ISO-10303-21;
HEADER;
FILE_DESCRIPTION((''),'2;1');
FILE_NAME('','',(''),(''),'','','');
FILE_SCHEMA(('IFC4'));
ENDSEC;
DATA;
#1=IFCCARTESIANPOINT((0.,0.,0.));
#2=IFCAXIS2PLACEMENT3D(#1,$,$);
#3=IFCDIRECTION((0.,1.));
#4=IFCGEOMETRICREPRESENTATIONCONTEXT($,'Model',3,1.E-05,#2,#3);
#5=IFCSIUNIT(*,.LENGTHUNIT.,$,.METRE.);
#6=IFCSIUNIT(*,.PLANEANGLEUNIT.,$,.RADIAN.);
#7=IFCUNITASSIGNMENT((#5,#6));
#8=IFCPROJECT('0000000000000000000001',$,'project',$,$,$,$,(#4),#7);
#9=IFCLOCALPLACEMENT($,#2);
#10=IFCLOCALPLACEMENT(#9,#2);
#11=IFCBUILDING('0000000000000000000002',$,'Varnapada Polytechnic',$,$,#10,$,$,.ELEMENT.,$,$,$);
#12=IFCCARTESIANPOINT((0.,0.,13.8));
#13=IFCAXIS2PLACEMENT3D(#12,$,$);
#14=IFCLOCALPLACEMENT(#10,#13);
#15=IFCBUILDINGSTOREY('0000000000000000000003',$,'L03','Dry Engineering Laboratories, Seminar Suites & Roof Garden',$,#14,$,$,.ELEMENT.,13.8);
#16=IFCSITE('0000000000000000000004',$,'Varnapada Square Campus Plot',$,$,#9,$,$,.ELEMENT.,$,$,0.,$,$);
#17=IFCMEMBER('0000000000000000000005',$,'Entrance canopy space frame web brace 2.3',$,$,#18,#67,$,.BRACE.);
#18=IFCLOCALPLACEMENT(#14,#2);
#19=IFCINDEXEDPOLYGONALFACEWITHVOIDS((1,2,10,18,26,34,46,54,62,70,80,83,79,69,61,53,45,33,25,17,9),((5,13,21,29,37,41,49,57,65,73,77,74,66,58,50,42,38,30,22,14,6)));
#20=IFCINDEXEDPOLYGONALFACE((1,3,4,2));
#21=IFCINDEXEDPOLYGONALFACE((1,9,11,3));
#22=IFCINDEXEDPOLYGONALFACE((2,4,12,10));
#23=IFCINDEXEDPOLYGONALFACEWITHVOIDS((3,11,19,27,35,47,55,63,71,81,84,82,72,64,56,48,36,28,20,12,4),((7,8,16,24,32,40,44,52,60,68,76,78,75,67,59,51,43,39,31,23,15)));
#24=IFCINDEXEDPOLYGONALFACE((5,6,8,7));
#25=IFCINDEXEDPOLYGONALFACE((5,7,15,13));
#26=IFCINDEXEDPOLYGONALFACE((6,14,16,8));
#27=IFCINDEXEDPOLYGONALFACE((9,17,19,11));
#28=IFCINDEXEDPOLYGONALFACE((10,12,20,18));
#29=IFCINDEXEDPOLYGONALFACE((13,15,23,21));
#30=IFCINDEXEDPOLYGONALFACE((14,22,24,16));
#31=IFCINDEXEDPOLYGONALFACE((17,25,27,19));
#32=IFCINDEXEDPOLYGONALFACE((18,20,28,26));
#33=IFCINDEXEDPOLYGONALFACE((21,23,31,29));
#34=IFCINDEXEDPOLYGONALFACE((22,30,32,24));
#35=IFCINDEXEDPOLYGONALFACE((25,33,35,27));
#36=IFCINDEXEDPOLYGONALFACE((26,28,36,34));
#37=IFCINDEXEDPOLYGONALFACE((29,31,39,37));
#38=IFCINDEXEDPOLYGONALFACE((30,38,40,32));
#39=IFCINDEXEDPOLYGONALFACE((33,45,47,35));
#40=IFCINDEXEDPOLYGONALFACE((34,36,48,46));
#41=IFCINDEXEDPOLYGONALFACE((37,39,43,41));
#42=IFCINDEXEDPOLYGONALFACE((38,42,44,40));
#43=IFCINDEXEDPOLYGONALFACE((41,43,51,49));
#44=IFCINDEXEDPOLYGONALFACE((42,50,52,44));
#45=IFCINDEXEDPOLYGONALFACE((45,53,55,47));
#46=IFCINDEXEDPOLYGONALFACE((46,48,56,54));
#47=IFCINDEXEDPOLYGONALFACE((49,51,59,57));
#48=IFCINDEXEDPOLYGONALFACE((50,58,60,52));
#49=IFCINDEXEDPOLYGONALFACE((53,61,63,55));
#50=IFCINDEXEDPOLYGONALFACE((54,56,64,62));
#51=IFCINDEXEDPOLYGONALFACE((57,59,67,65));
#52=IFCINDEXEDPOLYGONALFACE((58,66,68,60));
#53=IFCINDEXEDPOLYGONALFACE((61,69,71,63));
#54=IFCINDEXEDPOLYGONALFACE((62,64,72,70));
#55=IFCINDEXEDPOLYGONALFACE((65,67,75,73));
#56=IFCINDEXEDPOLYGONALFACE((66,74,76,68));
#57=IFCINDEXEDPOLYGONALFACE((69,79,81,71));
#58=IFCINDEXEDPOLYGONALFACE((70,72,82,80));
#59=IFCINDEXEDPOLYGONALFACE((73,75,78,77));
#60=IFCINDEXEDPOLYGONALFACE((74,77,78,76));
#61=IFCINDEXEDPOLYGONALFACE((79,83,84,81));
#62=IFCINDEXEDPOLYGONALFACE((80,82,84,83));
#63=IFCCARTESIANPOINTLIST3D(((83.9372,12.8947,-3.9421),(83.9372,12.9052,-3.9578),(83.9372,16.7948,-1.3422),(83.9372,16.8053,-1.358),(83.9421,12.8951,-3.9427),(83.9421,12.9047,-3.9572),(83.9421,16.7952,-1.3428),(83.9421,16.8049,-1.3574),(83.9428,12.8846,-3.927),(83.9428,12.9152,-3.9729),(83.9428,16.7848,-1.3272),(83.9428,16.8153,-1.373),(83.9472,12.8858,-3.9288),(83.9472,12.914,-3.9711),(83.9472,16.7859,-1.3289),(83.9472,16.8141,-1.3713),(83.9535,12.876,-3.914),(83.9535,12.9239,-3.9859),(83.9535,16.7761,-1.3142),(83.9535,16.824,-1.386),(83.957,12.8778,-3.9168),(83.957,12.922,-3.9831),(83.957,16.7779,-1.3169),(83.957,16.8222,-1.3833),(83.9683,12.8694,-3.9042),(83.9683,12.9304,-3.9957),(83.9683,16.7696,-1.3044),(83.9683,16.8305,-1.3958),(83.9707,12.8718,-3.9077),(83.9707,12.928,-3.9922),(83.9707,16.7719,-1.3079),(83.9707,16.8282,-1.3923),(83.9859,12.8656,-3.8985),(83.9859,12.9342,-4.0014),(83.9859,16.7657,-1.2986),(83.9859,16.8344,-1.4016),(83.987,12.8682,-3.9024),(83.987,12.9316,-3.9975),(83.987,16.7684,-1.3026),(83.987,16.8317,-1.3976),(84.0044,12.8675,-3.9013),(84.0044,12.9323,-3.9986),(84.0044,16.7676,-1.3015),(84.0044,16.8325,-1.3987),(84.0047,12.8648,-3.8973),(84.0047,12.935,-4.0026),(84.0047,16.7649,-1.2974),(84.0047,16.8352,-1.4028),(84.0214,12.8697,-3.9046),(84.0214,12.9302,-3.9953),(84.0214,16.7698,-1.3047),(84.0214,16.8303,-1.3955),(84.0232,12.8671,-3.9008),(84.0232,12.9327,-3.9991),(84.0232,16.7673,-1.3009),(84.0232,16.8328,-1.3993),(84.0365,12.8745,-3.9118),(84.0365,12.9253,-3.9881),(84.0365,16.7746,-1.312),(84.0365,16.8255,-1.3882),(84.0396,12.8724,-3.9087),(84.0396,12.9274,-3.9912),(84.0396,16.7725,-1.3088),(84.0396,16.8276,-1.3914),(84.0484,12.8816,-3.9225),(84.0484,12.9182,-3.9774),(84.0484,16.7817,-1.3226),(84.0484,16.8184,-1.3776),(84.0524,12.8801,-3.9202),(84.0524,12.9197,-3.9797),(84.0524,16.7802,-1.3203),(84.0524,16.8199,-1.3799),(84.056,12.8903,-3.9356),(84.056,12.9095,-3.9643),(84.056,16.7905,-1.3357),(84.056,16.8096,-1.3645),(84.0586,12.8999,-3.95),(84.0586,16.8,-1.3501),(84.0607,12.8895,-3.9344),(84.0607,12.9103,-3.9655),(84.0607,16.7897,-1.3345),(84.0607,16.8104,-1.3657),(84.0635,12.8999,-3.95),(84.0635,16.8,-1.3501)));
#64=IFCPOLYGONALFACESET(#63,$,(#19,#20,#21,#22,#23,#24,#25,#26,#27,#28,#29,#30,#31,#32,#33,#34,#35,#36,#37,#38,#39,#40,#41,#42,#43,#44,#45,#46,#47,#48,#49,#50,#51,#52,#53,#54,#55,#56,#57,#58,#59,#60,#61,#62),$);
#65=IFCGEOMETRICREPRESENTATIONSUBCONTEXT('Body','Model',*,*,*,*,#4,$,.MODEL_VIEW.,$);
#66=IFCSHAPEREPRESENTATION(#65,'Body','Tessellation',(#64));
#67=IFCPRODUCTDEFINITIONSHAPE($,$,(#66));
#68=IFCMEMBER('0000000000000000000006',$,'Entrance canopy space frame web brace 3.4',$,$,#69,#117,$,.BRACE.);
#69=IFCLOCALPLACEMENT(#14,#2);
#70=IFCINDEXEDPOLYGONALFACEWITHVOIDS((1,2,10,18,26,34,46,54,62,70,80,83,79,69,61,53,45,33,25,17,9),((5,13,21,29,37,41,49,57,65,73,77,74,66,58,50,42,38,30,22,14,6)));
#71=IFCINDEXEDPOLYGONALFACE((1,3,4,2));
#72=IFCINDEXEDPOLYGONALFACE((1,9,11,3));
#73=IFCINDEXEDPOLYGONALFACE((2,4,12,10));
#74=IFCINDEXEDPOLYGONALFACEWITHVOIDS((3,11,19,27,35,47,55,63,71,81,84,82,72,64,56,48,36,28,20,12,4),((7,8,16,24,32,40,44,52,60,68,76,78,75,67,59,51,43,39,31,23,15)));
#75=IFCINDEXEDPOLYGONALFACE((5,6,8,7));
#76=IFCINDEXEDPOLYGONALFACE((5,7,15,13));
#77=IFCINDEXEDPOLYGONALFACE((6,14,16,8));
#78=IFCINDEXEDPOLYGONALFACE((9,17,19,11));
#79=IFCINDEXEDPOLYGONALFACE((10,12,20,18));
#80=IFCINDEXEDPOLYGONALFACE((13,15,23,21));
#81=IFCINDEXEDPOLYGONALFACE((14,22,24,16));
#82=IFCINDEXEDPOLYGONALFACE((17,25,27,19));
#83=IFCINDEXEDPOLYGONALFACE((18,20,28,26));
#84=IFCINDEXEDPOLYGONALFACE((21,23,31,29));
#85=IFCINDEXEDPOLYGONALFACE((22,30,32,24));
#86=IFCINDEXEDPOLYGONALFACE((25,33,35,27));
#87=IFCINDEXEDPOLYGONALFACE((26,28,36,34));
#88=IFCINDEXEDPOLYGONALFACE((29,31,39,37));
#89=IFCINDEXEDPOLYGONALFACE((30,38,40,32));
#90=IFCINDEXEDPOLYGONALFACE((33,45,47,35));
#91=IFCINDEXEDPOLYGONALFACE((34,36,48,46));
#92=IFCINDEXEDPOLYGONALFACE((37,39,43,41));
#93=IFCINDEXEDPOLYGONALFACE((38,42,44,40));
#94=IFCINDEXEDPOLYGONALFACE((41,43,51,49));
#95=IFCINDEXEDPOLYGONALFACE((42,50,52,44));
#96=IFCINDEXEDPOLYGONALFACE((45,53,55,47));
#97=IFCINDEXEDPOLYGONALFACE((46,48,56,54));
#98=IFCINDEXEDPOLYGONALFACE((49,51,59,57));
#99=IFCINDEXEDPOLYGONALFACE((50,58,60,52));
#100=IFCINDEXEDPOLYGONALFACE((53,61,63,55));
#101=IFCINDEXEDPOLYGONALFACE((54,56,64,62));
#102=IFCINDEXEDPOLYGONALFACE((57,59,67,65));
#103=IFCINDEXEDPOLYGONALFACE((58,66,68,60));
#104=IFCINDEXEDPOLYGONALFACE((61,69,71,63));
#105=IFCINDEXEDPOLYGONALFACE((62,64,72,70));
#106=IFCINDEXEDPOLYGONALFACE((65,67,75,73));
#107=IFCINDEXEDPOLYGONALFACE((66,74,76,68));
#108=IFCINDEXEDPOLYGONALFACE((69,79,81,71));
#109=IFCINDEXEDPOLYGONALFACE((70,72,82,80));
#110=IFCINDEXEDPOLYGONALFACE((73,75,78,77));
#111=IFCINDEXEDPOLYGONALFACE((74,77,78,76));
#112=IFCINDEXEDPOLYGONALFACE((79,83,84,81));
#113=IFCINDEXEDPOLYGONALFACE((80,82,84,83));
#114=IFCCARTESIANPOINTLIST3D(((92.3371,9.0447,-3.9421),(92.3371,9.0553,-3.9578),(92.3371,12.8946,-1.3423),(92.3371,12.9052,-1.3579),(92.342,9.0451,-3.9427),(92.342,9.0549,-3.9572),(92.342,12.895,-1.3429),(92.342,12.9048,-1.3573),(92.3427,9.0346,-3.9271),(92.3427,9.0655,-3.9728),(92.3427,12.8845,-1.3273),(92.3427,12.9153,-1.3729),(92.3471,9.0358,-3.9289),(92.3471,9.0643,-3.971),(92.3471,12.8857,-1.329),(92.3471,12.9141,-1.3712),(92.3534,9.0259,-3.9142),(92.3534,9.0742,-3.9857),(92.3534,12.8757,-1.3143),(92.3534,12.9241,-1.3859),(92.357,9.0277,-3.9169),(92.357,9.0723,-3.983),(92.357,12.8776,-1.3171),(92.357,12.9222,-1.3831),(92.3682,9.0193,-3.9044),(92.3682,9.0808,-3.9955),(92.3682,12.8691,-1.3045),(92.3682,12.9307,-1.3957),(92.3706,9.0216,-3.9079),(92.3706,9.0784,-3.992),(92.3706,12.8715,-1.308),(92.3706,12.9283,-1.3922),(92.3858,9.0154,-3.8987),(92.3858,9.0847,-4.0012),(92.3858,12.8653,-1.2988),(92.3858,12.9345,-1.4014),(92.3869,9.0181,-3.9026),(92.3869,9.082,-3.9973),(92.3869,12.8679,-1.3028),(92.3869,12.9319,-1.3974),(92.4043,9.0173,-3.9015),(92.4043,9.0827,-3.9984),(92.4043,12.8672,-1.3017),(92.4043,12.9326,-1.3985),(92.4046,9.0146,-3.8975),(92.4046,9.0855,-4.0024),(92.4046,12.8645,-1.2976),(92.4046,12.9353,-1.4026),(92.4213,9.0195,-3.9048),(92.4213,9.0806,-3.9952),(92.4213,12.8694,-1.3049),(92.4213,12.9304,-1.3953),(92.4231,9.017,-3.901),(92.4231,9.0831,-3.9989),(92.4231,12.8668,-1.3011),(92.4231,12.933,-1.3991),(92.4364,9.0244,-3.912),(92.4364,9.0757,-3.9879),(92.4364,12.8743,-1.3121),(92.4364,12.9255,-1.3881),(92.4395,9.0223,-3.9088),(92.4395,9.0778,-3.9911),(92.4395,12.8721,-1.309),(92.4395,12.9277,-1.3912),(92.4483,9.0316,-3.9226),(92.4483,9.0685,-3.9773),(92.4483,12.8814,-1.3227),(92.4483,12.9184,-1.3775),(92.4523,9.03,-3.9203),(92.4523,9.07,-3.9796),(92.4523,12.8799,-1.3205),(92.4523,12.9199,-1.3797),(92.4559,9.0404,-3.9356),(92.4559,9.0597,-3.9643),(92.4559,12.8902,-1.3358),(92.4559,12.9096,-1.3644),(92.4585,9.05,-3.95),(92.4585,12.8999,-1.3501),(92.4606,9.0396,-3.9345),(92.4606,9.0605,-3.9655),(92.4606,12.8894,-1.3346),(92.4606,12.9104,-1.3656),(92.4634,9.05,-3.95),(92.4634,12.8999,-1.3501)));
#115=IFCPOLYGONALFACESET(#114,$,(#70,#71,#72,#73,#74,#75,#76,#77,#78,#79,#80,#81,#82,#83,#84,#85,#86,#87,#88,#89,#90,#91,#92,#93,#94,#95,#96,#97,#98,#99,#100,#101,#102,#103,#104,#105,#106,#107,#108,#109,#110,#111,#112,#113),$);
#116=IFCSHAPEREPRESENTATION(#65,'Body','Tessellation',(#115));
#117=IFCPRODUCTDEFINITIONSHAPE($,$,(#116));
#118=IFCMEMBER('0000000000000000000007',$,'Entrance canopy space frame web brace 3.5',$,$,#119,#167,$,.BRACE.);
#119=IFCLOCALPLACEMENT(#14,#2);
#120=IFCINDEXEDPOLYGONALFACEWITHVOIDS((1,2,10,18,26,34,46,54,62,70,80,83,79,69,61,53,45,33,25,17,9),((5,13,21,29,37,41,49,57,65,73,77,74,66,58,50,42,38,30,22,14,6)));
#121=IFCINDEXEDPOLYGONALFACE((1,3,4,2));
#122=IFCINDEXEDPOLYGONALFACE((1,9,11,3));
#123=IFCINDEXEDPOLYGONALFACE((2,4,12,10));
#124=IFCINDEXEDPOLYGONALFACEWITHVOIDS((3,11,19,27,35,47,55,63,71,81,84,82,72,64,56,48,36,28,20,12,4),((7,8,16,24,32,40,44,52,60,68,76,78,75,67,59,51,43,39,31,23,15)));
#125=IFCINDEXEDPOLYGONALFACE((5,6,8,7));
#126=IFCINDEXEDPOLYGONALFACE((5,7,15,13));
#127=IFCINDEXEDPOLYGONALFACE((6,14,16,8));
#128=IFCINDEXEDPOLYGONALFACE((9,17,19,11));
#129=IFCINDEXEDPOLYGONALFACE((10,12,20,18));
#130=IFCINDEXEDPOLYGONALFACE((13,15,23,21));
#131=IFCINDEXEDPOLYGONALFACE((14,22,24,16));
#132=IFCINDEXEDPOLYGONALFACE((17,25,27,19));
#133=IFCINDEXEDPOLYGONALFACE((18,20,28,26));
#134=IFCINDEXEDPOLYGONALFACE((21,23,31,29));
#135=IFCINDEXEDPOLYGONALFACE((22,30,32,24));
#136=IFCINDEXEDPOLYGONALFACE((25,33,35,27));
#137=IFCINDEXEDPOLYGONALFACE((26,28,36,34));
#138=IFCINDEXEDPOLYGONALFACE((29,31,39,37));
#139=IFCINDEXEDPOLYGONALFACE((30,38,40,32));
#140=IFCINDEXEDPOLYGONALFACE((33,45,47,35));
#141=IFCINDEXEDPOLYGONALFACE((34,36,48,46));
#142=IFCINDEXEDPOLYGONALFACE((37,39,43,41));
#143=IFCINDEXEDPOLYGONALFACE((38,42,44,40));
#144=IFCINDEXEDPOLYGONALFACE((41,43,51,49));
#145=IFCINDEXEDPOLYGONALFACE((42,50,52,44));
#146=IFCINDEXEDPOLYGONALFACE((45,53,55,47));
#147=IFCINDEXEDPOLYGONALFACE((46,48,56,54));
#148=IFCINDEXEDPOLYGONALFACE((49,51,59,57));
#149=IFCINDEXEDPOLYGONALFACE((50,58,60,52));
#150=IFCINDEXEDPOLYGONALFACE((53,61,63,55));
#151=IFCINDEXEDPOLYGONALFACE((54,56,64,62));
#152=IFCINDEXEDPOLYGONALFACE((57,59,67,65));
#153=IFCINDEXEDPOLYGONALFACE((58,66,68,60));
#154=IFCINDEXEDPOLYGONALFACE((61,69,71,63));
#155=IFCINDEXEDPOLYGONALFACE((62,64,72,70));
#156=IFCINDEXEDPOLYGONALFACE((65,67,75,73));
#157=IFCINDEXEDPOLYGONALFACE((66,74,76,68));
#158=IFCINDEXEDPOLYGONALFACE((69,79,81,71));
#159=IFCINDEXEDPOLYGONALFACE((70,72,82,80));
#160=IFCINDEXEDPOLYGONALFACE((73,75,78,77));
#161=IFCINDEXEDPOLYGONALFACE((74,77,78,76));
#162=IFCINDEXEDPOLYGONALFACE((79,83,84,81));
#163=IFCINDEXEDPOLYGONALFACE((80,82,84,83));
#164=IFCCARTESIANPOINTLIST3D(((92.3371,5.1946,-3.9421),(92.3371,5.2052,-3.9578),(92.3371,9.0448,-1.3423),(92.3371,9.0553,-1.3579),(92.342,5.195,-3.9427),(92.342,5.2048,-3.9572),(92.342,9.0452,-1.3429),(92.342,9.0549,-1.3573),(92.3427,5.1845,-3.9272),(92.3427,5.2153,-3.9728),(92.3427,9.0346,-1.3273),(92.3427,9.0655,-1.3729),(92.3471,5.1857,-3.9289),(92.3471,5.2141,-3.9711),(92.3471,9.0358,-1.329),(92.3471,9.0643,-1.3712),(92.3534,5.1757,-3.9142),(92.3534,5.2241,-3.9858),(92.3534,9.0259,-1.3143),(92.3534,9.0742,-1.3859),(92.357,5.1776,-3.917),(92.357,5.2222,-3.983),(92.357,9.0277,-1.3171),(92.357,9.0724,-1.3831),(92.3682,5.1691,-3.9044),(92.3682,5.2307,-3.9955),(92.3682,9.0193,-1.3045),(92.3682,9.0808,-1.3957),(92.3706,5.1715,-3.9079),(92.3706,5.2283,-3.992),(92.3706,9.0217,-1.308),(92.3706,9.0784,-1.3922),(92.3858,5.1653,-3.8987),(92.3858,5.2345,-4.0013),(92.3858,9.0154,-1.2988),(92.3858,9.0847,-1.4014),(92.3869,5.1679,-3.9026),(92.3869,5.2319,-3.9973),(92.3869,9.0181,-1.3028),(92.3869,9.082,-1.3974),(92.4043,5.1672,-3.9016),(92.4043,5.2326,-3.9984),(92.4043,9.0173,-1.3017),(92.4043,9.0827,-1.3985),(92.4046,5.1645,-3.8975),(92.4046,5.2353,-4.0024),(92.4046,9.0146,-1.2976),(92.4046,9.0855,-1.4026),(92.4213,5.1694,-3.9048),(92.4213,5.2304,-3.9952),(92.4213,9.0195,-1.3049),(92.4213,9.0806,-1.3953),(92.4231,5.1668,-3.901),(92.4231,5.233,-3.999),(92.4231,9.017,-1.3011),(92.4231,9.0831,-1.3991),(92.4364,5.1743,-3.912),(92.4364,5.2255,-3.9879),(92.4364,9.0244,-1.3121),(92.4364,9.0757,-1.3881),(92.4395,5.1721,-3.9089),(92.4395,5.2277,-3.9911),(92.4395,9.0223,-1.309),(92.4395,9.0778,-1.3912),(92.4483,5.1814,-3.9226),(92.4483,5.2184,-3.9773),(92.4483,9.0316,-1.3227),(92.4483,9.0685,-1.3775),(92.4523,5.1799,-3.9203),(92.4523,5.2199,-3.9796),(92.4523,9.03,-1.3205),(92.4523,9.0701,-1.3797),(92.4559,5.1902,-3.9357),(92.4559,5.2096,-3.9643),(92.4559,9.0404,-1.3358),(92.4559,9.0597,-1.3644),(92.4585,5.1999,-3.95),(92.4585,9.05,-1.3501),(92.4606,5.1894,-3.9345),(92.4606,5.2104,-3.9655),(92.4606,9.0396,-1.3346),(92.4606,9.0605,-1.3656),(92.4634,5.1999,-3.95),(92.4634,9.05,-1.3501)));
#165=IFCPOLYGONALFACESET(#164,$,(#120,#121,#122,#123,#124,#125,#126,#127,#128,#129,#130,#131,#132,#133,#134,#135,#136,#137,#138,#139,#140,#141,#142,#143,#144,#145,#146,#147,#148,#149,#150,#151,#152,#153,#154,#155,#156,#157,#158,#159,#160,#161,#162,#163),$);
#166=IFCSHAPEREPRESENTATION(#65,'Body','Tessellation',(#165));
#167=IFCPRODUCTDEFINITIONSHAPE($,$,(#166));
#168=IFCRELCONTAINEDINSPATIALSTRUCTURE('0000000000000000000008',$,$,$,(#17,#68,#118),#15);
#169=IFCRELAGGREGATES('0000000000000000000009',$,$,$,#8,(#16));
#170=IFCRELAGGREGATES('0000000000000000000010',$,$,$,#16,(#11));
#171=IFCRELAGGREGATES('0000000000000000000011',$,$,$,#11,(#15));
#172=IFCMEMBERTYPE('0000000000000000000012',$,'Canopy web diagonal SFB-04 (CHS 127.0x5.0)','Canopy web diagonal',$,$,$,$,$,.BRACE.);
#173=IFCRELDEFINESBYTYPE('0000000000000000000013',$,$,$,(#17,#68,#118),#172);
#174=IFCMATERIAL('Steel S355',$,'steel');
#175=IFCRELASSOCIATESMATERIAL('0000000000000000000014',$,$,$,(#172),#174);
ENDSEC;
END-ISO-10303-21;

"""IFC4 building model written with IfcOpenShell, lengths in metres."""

from ifc_helpers import new_model, si_unit, direction, frame, origin, origin_2d, place, context, subcontext, project, spatial, hollow_circle, extrude, material, material_profile, profile_set, type_object, element, save


model = new_model("IFC4")

# Units and contexts
model_context = context("Model", 3, precision=1e-05, world=origin(), true_north=direction((0.0, 1.0)))
body_context = subcontext(model_context, "Body", "Model", "MODEL_VIEW")
ifc_project = project(units=[si_unit("LENGTHUNIT", "METRE"), si_unit("PLANEANGLEUNIT", "RADIAN")], contexts=[model_context])

# Site, building, storey
site_placement = place(None, origin())
site = spatial("IfcSite", under=ifc_project, at=site_placement, Name="Varnapada Square Campus Plot", CompositionType="ELEMENT", RefElevation=0.0)
building_placement = place(site_placement, origin())
building = spatial("IfcBuilding", under=site, at=building_placement, Name="Varnapada Polytechnic", CompositionType="ELEMENT")
storey_placement = place(building_placement, frame((0.0, 0.0, 13.8)))
storey = spatial("IfcBuildingStorey", under=building, at=storey_placement, Name="L03", Description="Dry Engineering Laboratories, Seminar Suites & Roof Garden", CompositionType="ELEMENT", Elevation=13.8)

# Members
ifc_material = material(Name="Steel S355", Category="steel")
ifc_material_profile_1 = material_profile(ifc_material, hollow_circle(Radius=0.0635, WallThickness=0.0049, at=origin_2d()), Name="CHS 127.0x5.0")
ifc_profile_set_1 = profile_set([ifc_material_profile_1], Name="Steel S355")
member_type_1 = type_object("IfcMemberType", Name="Canopy web diagonal SFB-04 (CHS 127.0x5.0)", Description="Canopy web diagonal", PredefinedType="BRACE", material=ifc_profile_set_1)
member_1_placement = place(storey_placement, frame((84.0, 16.8, -1.3501), z_axis=(0.0, -0.832074, -0.554664), x_axis=(1.0, 0.0, 0.0)))
element("IfcMember", 1, at=member_1_placement, inside=storey, type_object=member_type_1, Name="Entrance canopy space frame web brace 2.3", PredefinedType="BRACE", context=body_context, shape_type="SweptSolid", body=[
    extrude(hollow_circle(Radius=0.0635, WallThickness=0.0049, at=origin_2d()), origin(), (0.0, 0.0, 1.0), 4.6873),
])
member_2_placement = place(storey_placement, frame((92.3999, 12.8999, -1.3501), z_axis=(0.0, -0.828729, -0.559651), x_axis=(1.0, 0.0, 0.0)))
element("IfcMember", 2, at=member_2_placement, inside=storey, type_object=member_type_1, Name="Entrance canopy space frame web brace 3.4", PredefinedType="BRACE", context=body_context, shape_type="SweptSolid", body=[
    extrude(hollow_circle(Radius=0.0635, WallThickness=0.0049, at=origin_2d()), origin(), (0.0, 0.0, 1.0), 4.6455),
])
member_3_placement = place(storey_placement, frame((92.3999, 9.05, -1.3501), z_axis=(0.0, -0.828745, -0.559626), x_axis=(1.0, 0.0, 0.0)))
element("IfcMember", 3, at=member_3_placement, inside=storey, type_object=member_type_1, Name="Entrance canopy space frame web brace 3.5", PredefinedType="BRACE", context=body_context, shape_type="SweptSolid", body=[
    extrude(hollow_circle(Radius=0.0635, WallThickness=0.0049, at=origin_2d()), origin(), (0.0, 0.0, 1.0), 4.6458),
])

save(model, "model.ifc")
